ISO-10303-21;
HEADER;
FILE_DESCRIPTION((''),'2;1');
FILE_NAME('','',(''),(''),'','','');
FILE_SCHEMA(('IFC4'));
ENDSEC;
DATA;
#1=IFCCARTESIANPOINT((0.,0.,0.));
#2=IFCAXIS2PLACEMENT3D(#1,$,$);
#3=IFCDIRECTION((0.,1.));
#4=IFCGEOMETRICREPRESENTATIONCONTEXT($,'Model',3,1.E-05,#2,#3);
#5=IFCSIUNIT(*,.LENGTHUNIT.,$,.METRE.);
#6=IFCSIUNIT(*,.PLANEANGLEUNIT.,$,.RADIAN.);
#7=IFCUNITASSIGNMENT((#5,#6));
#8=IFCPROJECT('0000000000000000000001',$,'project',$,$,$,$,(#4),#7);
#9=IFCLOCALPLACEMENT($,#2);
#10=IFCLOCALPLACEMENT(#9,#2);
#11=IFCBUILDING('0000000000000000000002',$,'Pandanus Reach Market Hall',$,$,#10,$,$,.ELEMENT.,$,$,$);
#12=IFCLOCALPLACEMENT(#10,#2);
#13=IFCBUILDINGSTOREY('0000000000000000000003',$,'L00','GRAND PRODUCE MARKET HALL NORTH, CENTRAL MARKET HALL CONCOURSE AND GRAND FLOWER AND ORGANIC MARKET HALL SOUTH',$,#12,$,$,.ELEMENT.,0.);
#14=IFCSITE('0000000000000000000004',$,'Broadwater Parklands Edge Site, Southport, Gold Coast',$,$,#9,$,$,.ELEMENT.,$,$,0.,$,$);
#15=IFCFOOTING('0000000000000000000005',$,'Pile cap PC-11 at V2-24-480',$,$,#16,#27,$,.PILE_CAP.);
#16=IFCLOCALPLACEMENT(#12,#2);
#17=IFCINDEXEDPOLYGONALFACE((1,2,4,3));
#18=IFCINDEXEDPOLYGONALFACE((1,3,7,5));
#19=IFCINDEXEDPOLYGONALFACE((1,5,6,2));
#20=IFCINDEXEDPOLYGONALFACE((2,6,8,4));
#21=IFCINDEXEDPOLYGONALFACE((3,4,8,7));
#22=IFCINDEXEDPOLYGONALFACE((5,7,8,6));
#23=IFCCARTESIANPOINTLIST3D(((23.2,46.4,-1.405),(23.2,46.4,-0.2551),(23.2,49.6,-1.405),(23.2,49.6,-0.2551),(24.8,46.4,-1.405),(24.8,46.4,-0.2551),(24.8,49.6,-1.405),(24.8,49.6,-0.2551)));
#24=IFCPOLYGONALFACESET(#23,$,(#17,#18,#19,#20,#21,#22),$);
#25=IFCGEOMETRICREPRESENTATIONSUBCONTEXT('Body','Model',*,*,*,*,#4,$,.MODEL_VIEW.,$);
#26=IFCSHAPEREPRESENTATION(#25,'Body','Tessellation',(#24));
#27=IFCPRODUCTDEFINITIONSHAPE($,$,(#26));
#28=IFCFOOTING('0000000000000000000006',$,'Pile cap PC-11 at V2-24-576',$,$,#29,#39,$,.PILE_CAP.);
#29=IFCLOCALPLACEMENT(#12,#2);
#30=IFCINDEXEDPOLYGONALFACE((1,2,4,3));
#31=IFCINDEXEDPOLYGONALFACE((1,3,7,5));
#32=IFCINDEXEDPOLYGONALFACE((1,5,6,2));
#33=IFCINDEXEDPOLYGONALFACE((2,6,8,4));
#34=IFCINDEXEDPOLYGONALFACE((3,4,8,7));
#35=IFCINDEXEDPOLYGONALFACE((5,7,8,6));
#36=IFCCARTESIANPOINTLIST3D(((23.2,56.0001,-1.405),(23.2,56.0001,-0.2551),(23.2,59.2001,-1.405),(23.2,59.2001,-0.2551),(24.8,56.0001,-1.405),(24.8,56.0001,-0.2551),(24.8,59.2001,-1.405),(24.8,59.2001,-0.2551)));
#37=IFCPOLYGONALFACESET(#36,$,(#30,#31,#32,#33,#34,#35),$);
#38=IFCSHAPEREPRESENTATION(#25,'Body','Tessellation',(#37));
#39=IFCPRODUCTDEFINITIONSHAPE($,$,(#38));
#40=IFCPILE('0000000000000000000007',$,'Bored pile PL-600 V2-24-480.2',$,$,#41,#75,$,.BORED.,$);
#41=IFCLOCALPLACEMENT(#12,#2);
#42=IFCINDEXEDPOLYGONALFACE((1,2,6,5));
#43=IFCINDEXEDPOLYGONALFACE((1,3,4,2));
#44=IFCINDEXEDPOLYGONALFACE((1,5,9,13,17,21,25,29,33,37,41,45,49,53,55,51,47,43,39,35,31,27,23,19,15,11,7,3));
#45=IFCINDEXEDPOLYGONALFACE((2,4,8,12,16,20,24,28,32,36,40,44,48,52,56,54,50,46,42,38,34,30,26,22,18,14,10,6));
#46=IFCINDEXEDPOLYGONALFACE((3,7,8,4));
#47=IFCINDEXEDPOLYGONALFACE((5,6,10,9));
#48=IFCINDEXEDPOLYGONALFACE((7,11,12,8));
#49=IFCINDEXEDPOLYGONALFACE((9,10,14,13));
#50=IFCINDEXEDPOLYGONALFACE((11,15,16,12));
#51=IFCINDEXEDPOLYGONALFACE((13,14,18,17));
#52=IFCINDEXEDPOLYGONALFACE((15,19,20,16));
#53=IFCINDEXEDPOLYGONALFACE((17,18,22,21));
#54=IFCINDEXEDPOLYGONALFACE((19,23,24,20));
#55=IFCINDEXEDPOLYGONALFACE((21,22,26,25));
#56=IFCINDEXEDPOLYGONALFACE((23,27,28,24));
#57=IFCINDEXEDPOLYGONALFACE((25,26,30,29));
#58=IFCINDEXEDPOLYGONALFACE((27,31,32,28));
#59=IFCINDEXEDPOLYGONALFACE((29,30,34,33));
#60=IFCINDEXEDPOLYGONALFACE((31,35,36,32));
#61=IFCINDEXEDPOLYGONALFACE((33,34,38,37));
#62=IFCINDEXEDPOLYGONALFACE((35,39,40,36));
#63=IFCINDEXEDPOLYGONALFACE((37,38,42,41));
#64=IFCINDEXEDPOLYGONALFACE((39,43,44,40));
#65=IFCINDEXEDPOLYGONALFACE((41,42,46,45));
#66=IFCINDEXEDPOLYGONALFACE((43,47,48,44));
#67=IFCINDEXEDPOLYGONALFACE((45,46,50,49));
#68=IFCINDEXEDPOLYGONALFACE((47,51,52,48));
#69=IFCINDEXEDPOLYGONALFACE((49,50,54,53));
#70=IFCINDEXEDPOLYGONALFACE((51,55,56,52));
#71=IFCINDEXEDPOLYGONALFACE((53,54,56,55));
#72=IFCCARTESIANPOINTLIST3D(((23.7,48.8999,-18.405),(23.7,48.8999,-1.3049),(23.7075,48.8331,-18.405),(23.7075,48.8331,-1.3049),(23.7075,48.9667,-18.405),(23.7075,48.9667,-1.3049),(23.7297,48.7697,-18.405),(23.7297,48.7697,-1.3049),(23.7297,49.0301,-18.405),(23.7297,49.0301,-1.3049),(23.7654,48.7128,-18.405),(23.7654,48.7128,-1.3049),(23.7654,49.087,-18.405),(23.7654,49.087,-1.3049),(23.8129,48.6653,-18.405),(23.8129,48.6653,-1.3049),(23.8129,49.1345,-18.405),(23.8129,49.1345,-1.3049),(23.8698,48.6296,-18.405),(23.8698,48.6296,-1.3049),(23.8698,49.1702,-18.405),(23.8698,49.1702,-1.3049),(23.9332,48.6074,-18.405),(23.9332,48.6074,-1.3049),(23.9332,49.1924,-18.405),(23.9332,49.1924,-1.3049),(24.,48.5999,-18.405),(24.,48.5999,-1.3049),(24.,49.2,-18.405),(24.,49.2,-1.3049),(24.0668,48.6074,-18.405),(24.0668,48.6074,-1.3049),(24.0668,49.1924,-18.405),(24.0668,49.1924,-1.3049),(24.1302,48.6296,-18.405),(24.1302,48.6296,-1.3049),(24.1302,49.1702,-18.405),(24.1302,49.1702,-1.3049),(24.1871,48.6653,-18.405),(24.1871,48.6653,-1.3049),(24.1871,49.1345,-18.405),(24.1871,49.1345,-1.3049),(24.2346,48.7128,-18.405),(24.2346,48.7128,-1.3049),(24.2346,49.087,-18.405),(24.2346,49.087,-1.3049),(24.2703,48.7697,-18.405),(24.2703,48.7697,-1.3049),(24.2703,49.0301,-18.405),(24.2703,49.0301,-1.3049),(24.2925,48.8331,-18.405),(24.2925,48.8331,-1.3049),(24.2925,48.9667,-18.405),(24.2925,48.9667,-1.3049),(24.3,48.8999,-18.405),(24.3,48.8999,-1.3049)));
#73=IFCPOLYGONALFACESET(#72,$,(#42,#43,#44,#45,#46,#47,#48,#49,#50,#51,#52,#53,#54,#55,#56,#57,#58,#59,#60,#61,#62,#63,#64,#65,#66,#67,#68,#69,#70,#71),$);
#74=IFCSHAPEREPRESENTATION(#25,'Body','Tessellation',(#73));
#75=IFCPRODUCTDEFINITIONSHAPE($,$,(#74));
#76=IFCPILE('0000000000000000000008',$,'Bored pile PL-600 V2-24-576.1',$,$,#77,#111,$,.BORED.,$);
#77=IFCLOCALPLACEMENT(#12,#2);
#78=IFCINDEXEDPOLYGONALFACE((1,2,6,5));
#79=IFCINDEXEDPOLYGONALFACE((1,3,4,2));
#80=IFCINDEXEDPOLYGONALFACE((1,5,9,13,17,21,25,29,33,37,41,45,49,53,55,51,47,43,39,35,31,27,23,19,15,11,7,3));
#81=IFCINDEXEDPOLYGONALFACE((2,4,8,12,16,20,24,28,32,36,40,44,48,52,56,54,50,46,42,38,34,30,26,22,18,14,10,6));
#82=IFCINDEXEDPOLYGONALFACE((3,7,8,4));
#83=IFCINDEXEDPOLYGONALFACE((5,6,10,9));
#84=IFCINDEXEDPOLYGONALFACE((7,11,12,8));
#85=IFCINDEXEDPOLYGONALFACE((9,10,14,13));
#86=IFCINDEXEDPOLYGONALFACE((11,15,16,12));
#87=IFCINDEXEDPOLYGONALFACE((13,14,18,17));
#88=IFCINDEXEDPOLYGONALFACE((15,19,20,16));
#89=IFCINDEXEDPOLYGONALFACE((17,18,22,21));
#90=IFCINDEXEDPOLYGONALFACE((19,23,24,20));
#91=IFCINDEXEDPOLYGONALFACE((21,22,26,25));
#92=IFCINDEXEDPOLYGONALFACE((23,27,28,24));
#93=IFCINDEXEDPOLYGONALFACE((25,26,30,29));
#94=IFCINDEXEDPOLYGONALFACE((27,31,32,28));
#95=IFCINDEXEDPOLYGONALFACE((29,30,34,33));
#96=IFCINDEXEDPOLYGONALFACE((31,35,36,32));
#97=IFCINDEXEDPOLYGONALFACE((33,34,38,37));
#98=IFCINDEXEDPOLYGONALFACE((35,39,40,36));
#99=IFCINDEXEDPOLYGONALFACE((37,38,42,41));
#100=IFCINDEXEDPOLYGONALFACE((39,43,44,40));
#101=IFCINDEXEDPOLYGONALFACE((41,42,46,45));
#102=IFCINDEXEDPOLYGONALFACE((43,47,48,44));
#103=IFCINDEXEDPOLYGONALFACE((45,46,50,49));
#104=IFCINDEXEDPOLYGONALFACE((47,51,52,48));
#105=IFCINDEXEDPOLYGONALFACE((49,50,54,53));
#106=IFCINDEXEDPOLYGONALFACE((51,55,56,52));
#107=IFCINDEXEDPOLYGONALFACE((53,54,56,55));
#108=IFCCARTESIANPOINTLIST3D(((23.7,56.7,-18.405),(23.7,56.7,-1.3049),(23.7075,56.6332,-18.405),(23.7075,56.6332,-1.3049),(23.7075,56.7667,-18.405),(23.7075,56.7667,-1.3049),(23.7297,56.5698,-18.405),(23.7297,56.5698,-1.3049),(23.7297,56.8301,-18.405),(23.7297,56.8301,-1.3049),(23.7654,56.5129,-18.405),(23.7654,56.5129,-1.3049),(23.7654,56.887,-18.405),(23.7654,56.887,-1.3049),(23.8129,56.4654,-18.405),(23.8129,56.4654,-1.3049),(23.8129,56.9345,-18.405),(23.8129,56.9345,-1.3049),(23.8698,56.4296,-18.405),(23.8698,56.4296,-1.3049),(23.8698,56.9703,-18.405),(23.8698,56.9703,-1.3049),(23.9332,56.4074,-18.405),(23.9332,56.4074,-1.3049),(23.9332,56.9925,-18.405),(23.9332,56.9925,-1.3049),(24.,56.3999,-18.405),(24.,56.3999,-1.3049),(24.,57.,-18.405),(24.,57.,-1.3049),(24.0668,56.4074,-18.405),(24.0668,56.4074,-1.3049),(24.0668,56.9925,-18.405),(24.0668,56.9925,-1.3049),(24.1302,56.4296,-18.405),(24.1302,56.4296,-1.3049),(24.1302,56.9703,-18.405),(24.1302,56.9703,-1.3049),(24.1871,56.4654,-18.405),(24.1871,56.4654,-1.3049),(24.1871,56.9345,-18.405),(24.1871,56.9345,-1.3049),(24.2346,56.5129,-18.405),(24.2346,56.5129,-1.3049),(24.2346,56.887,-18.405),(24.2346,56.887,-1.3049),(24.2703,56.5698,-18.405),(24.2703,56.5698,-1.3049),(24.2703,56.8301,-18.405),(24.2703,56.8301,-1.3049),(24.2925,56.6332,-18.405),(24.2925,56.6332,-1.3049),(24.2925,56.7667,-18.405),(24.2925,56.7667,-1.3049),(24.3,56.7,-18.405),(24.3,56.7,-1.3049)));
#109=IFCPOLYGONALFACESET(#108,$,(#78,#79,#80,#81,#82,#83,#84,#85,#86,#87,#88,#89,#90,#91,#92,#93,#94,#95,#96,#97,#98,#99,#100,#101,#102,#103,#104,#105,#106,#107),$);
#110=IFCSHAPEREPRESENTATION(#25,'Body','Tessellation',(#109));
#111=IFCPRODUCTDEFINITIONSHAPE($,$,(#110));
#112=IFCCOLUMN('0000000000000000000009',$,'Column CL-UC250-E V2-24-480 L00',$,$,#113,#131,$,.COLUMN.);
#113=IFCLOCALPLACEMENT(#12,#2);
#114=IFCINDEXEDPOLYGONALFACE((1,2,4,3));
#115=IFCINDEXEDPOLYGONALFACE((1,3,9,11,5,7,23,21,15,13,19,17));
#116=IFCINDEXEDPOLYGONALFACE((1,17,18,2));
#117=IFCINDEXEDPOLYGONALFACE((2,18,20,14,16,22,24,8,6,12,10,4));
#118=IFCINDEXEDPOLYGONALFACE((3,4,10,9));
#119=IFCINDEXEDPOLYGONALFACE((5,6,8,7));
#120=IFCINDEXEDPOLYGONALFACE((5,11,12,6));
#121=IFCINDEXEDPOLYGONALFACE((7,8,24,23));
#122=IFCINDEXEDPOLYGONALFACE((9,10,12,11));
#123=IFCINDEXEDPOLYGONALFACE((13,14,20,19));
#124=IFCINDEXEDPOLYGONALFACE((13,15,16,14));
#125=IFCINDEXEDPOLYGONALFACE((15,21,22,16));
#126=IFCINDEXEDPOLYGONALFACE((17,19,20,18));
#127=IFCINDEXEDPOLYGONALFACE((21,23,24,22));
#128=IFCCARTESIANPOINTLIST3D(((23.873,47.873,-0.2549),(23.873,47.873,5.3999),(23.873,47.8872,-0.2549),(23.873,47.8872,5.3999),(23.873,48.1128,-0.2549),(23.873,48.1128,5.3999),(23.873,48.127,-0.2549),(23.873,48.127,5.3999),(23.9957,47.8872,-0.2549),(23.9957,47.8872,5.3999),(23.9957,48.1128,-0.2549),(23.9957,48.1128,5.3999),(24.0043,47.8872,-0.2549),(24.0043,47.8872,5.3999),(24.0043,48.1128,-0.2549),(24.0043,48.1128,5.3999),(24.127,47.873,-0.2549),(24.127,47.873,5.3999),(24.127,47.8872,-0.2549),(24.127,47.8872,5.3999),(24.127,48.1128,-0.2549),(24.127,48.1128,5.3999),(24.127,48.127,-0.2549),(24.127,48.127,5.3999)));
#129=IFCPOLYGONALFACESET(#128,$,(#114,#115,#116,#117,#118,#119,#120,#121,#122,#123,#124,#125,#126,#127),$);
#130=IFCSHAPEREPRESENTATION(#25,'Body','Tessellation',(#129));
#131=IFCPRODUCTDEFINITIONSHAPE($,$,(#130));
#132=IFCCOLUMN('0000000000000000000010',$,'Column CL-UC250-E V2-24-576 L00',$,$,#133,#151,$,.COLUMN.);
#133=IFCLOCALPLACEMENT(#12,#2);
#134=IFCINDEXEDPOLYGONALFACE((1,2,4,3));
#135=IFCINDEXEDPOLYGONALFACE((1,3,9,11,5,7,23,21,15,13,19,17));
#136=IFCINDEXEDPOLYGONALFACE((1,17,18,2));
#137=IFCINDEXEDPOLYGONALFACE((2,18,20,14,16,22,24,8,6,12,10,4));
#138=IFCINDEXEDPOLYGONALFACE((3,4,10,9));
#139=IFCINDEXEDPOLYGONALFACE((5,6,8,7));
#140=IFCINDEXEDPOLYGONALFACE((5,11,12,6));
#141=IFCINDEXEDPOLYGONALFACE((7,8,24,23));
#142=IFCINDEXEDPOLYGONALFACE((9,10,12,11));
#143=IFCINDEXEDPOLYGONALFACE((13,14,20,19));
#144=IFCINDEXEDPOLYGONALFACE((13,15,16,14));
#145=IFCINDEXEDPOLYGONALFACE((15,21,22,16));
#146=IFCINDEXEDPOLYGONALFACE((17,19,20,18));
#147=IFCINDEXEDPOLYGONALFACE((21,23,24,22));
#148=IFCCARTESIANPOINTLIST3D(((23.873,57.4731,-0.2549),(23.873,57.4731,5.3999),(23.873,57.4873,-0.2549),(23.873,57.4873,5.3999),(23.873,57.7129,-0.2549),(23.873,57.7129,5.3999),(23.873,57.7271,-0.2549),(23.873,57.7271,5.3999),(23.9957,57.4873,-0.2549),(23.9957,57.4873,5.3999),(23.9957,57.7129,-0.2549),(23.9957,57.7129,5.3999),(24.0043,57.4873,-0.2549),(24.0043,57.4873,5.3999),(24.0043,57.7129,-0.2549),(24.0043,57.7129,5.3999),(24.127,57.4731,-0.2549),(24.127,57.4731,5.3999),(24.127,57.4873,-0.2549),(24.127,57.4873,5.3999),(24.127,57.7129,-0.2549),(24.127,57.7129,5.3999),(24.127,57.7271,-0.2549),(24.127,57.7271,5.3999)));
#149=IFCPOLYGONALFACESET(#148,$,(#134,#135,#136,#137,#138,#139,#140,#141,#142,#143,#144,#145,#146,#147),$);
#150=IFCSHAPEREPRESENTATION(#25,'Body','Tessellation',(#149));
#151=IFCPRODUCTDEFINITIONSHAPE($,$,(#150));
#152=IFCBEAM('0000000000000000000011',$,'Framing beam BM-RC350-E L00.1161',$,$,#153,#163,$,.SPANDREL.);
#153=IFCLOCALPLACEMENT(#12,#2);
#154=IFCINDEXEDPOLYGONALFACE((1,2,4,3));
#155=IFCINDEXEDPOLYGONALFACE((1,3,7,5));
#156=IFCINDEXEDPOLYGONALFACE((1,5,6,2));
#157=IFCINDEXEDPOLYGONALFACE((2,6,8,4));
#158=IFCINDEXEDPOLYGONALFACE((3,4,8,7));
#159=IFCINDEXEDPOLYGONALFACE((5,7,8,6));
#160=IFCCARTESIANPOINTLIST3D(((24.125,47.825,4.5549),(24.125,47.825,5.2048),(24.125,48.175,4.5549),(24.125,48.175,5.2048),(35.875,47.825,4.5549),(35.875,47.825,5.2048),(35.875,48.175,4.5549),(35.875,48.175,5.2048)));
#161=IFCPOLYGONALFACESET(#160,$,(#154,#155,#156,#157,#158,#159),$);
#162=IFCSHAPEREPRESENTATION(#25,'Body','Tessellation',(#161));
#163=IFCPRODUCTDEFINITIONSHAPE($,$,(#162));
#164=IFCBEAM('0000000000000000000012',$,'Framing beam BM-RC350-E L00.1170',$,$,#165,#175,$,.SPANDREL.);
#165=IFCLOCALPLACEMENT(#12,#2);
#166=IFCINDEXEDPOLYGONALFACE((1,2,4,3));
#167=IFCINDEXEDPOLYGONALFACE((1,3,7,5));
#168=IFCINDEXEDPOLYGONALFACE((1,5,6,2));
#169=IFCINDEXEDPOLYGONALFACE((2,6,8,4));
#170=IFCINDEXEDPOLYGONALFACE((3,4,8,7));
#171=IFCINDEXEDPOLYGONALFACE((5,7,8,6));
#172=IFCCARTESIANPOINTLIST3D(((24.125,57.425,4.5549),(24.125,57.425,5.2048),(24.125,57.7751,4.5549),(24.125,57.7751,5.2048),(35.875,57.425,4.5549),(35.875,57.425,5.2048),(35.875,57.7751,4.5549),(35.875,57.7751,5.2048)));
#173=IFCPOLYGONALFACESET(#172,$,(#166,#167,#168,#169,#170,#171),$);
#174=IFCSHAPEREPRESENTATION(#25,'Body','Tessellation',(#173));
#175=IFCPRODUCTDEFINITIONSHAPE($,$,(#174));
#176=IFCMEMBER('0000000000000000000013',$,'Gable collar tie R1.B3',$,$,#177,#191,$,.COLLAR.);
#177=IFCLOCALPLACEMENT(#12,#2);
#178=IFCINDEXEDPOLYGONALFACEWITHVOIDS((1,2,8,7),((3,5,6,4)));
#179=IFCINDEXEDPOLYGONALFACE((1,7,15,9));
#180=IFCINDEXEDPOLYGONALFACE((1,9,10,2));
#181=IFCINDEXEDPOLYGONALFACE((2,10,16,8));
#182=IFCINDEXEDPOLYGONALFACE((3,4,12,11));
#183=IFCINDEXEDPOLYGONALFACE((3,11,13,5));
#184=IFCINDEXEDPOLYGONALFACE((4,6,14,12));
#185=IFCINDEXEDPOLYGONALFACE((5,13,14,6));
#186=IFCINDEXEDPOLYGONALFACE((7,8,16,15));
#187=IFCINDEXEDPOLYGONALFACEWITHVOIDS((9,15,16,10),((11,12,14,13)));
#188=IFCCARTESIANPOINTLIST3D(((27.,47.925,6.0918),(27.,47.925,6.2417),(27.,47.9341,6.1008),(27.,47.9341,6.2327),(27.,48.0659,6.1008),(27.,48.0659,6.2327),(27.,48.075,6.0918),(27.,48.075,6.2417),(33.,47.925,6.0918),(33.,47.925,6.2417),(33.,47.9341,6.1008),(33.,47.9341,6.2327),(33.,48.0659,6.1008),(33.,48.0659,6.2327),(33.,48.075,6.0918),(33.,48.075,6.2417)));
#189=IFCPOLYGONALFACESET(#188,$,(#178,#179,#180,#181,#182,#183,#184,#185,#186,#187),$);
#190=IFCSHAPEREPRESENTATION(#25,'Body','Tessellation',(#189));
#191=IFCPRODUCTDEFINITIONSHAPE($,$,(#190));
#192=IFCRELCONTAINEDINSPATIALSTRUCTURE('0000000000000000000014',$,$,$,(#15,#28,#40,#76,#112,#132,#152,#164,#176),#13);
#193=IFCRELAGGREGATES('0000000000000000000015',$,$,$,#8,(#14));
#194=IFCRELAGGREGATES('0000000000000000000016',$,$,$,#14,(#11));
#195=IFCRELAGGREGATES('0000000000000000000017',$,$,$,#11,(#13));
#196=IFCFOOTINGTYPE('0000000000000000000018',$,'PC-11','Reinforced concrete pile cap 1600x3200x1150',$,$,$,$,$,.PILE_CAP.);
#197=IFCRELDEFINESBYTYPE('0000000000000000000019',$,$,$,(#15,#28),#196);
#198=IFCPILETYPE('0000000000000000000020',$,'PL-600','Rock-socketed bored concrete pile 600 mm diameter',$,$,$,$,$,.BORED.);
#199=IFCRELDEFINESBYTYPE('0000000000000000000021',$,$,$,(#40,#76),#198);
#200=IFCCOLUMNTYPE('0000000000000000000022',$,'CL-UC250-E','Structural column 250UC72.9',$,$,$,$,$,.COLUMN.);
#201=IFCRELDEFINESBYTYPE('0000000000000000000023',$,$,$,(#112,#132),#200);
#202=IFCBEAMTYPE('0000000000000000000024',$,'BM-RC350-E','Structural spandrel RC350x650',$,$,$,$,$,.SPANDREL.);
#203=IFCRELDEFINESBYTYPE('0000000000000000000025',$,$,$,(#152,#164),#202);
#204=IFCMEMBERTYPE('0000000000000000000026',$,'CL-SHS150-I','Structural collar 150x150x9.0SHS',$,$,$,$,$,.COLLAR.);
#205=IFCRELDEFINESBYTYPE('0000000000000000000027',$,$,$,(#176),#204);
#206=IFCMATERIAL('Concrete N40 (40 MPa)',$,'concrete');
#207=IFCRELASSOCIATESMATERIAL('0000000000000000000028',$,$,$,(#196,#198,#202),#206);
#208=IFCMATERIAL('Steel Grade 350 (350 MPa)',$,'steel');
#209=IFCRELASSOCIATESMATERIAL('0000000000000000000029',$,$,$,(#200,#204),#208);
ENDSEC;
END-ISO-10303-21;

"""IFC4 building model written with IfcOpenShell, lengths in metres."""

from ifc_helpers import new_model, si_unit, direction, frame, origin, origin_2d, place, context, subcontext, project, spatial, rectangle, hollow_rectangle, circle, i_section, extrude, material, material_profile, profile_set, type_object, element, save


model = new_model("IFC4")

# Units and contexts
model_context = context("Model", 3, precision=1e-05, world=origin(), true_north=direction((0.0, 1.0)))
body_context = subcontext(model_context, "Body", "Model", "MODEL_VIEW")
ifc_project = project(units=[si_unit("LENGTHUNIT", "METRE"), si_unit("PLANEANGLEUNIT", "RADIAN")], contexts=[model_context])

# Site, building, storey
site_placement = place(None, origin())
site = spatial("IfcSite", under=ifc_project, at=site_placement, Name="Broadwater Parklands Edge Site, Southport, Gold Coast", CompositionType="ELEMENT", RefElevation=0.0)
building_placement = place(site_placement, origin())
building = spatial("IfcBuilding", under=site, at=building_placement, Name="Pandanus Reach Market Hall", CompositionType="ELEMENT")
storey_placement = place(building_placement, origin())
storey = spatial("IfcBuildingStorey", under=building, at=storey_placement, Name="L00", Description="GRAND PRODUCE MARKET HALL NORTH, CENTRAL MARKET HALL CONCOURSE AND GRAND FLOWER AND ORGANIC MARKET HALL SOUTH", CompositionType="ELEMENT", Elevation=0.0)

# Footings
ifc_material_1 = material(Name="Concrete N40 (40 MPa)", Category="concrete")
footing_type = type_object("IfcFootingType", Name="PC-11", Description="Reinforced concrete pile cap 1600x3200x1150", PredefinedType="PILE_CAP", material=ifc_material_1)
for number, where, z_axis, x_axis, name in (
    (1, (24.0, 48.0, -1.405), (0.0, 0.0, 1.0), (1.0, 0.0, 0.0), "Pile cap PC-11 at V2-24-480"),
    (2, (24.0, 57.6001, -1.405), (0.0, 0.0, 1.0), (1.0, 0.0, 0.0), "Pile cap PC-11 at V2-24-576"),
):
    element("IfcFooting", number, at=place(storey_placement, frame(where, z_axis=z_axis, x_axis=x_axis)), inside=storey, type_object=footing_type, Name=name, PredefinedType="PILE_CAP", context=body_context, shape_type="SweptSolid", body=[
        extrude(rectangle(XDim=1.6001, YDim=3.2, at=origin_2d()), origin(), (0.0, 0.0, 1.0), 1.1499),
    ])

# Piles
ifc_material_profile_1 = material_profile(ifc_material_1, circle(Radius=0.3, at=origin_2d()), Name="PILE-600D", Category="LoadBearing")
ifc_profile_set_1 = profile_set([ifc_material_profile_1], Name="Concrete N40 (40 MPa)")
pile_type = type_object("IfcPileType", Name="PL-600", Description="Rock-socketed bored concrete pile 600 mm diameter", PredefinedType="BORED", material=ifc_profile_set_1)
for number, where, z_axis, x_axis, name in (
    (3, (24.0, 48.8999, -1.3049), (0.0, 0.0, -1.0), (1.0, 0.0, 0.0), "Bored pile PL-600 V2-24-480.2"),
    (4, (24.0, 56.7, -1.3049), (0.0, 0.0, -1.0), (1.0, 0.0, 0.0), "Bored pile PL-600 V2-24-576.1"),
):
    element("IfcPile", number, at=place(storey_placement, frame(where, z_axis=z_axis, x_axis=x_axis)), inside=storey, type_object=pile_type, Name=name, PredefinedType="BORED", context=body_context, shape_type="SweptSolid", body=[
        extrude(circle(Radius=0.3, at=origin_2d()), origin(), (0.0, 0.0, 1.0), 17.1001),
    ])

# Columns
ifc_material_2 = material(Name="Steel Grade 350 (350 MPa)", Category="steel")
ifc_material_profile_2 = material_profile(ifc_material_2, i_section(OverallWidth=0.2539, OverallDepth=0.2539, WebThickness=0.0085, FlangeThickness=0.0142, at=origin_2d()), Name="250UC72.9", Category="LoadBearing")
ifc_profile_set_2 = profile_set([ifc_material_profile_2], Name="Steel Grade 350 (350 MPa)")
column_type = type_object("IfcColumnType", Name="CL-UC250-E", Description="Structural column 250UC72.9", PredefinedType="COLUMN", material=ifc_profile_set_2)
for number, where, z_axis, x_axis, name in (
    (5, (24.0, 48.0, -0.2549), (0.0, 0.0, 1.0), (1.0, 0.0, 0.0), "Column CL-UC250-E V2-24-480 L00"),
    (6, (24.0, 57.6001, -0.2549), (0.0, 0.0, 1.0), (1.0, 0.0, 0.0), "Column CL-UC250-E V2-24-576 L00"),
):
    element("IfcColumn", number, at=place(storey_placement, frame(where, z_axis=z_axis, x_axis=x_axis)), inside=storey, type_object=column_type, Name=name, PredefinedType="COLUMN", context=body_context, shape_type="SweptSolid", body=[
        extrude(i_section(OverallWidth=0.2539, OverallDepth=0.2539, WebThickness=0.0085, FlangeThickness=0.0142, at=origin_2d()), origin(), (0.0, 0.0, 1.0), 5.6548),
    ])

# Beams
ifc_material_profile_3 = material_profile(ifc_material_1, rectangle(XDim=0.3501, YDim=0.6499, at=origin_2d()), Name="RC350x650", Category="LoadBearing")
ifc_profile_set_3 = profile_set([ifc_material_profile_3], Name="Concrete N40 (40 MPa)")
beam_type = type_object("IfcBeamType", Name="BM-RC350-E", Description="Structural spandrel RC350x650", PredefinedType="SPANDREL", material=ifc_profile_set_3)
for number, where, z_axis, x_axis, name in (
    (7, (24.125, 48.0, 4.8799), (1.0, 0.0, 0.0), (0.0, 1.0, 0.0), "Framing beam BM-RC350-E L00.1161"),
    (8, (24.125, 57.6001, 4.8799), (1.0, 0.0, 0.0), (0.0, 1.0, 0.0), "Framing beam BM-RC350-E L00.1170"),
):
    element("IfcBeam", number, at=place(storey_placement, frame(where, z_axis=z_axis, x_axis=x_axis)), inside=storey, type_object=beam_type, Name=name, PredefinedType="SPANDREL", context=body_context, shape_type="SweptSolid", body=[
        extrude(rectangle(XDim=0.3501, YDim=0.6499, at=origin_2d()), origin(), (0.0, 0.0, 1.0), 11.75),
    ])

# Member
ifc_material_profile_4 = material_profile(ifc_material_2, hollow_rectangle(XDim=0.1499, YDim=0.1499, WallThickness=0.009, at=origin_2d()), Name="150x150x9.0SHS", Category="LoadBearing")
ifc_profile_set_4 = profile_set([ifc_material_profile_4], Name="Steel Grade 350 (350 MPa)")
member_type_1 = type_object("IfcMemberType", Name="CL-SHS150-I", Description="Structural collar 150x150x9.0SHS", PredefinedType="COLLAR", material=ifc_profile_set_4)
for number, where, z_axis, x_axis, name in (
    (9, (27.0, 48.0, 6.1667), (1.0, 0.0, 0.0), (0.0, 1.0, 0.0), "Gable collar tie R1.B3"),
):
    element("IfcMember", number, at=place(storey_placement, frame(where, z_axis=z_axis, x_axis=x_axis)), inside=storey, type_object=member_type_1, Name=name, PredefinedType="COLLAR", context=body_context, shape_type="SweptSolid", body=[
        extrude(hollow_rectangle(XDim=0.1499, YDim=0.1499, WallThickness=0.009, at=origin_2d()), origin(), (0.0, 0.0, 1.0), 6.0),
    ])

save(model, "model.ifc")
